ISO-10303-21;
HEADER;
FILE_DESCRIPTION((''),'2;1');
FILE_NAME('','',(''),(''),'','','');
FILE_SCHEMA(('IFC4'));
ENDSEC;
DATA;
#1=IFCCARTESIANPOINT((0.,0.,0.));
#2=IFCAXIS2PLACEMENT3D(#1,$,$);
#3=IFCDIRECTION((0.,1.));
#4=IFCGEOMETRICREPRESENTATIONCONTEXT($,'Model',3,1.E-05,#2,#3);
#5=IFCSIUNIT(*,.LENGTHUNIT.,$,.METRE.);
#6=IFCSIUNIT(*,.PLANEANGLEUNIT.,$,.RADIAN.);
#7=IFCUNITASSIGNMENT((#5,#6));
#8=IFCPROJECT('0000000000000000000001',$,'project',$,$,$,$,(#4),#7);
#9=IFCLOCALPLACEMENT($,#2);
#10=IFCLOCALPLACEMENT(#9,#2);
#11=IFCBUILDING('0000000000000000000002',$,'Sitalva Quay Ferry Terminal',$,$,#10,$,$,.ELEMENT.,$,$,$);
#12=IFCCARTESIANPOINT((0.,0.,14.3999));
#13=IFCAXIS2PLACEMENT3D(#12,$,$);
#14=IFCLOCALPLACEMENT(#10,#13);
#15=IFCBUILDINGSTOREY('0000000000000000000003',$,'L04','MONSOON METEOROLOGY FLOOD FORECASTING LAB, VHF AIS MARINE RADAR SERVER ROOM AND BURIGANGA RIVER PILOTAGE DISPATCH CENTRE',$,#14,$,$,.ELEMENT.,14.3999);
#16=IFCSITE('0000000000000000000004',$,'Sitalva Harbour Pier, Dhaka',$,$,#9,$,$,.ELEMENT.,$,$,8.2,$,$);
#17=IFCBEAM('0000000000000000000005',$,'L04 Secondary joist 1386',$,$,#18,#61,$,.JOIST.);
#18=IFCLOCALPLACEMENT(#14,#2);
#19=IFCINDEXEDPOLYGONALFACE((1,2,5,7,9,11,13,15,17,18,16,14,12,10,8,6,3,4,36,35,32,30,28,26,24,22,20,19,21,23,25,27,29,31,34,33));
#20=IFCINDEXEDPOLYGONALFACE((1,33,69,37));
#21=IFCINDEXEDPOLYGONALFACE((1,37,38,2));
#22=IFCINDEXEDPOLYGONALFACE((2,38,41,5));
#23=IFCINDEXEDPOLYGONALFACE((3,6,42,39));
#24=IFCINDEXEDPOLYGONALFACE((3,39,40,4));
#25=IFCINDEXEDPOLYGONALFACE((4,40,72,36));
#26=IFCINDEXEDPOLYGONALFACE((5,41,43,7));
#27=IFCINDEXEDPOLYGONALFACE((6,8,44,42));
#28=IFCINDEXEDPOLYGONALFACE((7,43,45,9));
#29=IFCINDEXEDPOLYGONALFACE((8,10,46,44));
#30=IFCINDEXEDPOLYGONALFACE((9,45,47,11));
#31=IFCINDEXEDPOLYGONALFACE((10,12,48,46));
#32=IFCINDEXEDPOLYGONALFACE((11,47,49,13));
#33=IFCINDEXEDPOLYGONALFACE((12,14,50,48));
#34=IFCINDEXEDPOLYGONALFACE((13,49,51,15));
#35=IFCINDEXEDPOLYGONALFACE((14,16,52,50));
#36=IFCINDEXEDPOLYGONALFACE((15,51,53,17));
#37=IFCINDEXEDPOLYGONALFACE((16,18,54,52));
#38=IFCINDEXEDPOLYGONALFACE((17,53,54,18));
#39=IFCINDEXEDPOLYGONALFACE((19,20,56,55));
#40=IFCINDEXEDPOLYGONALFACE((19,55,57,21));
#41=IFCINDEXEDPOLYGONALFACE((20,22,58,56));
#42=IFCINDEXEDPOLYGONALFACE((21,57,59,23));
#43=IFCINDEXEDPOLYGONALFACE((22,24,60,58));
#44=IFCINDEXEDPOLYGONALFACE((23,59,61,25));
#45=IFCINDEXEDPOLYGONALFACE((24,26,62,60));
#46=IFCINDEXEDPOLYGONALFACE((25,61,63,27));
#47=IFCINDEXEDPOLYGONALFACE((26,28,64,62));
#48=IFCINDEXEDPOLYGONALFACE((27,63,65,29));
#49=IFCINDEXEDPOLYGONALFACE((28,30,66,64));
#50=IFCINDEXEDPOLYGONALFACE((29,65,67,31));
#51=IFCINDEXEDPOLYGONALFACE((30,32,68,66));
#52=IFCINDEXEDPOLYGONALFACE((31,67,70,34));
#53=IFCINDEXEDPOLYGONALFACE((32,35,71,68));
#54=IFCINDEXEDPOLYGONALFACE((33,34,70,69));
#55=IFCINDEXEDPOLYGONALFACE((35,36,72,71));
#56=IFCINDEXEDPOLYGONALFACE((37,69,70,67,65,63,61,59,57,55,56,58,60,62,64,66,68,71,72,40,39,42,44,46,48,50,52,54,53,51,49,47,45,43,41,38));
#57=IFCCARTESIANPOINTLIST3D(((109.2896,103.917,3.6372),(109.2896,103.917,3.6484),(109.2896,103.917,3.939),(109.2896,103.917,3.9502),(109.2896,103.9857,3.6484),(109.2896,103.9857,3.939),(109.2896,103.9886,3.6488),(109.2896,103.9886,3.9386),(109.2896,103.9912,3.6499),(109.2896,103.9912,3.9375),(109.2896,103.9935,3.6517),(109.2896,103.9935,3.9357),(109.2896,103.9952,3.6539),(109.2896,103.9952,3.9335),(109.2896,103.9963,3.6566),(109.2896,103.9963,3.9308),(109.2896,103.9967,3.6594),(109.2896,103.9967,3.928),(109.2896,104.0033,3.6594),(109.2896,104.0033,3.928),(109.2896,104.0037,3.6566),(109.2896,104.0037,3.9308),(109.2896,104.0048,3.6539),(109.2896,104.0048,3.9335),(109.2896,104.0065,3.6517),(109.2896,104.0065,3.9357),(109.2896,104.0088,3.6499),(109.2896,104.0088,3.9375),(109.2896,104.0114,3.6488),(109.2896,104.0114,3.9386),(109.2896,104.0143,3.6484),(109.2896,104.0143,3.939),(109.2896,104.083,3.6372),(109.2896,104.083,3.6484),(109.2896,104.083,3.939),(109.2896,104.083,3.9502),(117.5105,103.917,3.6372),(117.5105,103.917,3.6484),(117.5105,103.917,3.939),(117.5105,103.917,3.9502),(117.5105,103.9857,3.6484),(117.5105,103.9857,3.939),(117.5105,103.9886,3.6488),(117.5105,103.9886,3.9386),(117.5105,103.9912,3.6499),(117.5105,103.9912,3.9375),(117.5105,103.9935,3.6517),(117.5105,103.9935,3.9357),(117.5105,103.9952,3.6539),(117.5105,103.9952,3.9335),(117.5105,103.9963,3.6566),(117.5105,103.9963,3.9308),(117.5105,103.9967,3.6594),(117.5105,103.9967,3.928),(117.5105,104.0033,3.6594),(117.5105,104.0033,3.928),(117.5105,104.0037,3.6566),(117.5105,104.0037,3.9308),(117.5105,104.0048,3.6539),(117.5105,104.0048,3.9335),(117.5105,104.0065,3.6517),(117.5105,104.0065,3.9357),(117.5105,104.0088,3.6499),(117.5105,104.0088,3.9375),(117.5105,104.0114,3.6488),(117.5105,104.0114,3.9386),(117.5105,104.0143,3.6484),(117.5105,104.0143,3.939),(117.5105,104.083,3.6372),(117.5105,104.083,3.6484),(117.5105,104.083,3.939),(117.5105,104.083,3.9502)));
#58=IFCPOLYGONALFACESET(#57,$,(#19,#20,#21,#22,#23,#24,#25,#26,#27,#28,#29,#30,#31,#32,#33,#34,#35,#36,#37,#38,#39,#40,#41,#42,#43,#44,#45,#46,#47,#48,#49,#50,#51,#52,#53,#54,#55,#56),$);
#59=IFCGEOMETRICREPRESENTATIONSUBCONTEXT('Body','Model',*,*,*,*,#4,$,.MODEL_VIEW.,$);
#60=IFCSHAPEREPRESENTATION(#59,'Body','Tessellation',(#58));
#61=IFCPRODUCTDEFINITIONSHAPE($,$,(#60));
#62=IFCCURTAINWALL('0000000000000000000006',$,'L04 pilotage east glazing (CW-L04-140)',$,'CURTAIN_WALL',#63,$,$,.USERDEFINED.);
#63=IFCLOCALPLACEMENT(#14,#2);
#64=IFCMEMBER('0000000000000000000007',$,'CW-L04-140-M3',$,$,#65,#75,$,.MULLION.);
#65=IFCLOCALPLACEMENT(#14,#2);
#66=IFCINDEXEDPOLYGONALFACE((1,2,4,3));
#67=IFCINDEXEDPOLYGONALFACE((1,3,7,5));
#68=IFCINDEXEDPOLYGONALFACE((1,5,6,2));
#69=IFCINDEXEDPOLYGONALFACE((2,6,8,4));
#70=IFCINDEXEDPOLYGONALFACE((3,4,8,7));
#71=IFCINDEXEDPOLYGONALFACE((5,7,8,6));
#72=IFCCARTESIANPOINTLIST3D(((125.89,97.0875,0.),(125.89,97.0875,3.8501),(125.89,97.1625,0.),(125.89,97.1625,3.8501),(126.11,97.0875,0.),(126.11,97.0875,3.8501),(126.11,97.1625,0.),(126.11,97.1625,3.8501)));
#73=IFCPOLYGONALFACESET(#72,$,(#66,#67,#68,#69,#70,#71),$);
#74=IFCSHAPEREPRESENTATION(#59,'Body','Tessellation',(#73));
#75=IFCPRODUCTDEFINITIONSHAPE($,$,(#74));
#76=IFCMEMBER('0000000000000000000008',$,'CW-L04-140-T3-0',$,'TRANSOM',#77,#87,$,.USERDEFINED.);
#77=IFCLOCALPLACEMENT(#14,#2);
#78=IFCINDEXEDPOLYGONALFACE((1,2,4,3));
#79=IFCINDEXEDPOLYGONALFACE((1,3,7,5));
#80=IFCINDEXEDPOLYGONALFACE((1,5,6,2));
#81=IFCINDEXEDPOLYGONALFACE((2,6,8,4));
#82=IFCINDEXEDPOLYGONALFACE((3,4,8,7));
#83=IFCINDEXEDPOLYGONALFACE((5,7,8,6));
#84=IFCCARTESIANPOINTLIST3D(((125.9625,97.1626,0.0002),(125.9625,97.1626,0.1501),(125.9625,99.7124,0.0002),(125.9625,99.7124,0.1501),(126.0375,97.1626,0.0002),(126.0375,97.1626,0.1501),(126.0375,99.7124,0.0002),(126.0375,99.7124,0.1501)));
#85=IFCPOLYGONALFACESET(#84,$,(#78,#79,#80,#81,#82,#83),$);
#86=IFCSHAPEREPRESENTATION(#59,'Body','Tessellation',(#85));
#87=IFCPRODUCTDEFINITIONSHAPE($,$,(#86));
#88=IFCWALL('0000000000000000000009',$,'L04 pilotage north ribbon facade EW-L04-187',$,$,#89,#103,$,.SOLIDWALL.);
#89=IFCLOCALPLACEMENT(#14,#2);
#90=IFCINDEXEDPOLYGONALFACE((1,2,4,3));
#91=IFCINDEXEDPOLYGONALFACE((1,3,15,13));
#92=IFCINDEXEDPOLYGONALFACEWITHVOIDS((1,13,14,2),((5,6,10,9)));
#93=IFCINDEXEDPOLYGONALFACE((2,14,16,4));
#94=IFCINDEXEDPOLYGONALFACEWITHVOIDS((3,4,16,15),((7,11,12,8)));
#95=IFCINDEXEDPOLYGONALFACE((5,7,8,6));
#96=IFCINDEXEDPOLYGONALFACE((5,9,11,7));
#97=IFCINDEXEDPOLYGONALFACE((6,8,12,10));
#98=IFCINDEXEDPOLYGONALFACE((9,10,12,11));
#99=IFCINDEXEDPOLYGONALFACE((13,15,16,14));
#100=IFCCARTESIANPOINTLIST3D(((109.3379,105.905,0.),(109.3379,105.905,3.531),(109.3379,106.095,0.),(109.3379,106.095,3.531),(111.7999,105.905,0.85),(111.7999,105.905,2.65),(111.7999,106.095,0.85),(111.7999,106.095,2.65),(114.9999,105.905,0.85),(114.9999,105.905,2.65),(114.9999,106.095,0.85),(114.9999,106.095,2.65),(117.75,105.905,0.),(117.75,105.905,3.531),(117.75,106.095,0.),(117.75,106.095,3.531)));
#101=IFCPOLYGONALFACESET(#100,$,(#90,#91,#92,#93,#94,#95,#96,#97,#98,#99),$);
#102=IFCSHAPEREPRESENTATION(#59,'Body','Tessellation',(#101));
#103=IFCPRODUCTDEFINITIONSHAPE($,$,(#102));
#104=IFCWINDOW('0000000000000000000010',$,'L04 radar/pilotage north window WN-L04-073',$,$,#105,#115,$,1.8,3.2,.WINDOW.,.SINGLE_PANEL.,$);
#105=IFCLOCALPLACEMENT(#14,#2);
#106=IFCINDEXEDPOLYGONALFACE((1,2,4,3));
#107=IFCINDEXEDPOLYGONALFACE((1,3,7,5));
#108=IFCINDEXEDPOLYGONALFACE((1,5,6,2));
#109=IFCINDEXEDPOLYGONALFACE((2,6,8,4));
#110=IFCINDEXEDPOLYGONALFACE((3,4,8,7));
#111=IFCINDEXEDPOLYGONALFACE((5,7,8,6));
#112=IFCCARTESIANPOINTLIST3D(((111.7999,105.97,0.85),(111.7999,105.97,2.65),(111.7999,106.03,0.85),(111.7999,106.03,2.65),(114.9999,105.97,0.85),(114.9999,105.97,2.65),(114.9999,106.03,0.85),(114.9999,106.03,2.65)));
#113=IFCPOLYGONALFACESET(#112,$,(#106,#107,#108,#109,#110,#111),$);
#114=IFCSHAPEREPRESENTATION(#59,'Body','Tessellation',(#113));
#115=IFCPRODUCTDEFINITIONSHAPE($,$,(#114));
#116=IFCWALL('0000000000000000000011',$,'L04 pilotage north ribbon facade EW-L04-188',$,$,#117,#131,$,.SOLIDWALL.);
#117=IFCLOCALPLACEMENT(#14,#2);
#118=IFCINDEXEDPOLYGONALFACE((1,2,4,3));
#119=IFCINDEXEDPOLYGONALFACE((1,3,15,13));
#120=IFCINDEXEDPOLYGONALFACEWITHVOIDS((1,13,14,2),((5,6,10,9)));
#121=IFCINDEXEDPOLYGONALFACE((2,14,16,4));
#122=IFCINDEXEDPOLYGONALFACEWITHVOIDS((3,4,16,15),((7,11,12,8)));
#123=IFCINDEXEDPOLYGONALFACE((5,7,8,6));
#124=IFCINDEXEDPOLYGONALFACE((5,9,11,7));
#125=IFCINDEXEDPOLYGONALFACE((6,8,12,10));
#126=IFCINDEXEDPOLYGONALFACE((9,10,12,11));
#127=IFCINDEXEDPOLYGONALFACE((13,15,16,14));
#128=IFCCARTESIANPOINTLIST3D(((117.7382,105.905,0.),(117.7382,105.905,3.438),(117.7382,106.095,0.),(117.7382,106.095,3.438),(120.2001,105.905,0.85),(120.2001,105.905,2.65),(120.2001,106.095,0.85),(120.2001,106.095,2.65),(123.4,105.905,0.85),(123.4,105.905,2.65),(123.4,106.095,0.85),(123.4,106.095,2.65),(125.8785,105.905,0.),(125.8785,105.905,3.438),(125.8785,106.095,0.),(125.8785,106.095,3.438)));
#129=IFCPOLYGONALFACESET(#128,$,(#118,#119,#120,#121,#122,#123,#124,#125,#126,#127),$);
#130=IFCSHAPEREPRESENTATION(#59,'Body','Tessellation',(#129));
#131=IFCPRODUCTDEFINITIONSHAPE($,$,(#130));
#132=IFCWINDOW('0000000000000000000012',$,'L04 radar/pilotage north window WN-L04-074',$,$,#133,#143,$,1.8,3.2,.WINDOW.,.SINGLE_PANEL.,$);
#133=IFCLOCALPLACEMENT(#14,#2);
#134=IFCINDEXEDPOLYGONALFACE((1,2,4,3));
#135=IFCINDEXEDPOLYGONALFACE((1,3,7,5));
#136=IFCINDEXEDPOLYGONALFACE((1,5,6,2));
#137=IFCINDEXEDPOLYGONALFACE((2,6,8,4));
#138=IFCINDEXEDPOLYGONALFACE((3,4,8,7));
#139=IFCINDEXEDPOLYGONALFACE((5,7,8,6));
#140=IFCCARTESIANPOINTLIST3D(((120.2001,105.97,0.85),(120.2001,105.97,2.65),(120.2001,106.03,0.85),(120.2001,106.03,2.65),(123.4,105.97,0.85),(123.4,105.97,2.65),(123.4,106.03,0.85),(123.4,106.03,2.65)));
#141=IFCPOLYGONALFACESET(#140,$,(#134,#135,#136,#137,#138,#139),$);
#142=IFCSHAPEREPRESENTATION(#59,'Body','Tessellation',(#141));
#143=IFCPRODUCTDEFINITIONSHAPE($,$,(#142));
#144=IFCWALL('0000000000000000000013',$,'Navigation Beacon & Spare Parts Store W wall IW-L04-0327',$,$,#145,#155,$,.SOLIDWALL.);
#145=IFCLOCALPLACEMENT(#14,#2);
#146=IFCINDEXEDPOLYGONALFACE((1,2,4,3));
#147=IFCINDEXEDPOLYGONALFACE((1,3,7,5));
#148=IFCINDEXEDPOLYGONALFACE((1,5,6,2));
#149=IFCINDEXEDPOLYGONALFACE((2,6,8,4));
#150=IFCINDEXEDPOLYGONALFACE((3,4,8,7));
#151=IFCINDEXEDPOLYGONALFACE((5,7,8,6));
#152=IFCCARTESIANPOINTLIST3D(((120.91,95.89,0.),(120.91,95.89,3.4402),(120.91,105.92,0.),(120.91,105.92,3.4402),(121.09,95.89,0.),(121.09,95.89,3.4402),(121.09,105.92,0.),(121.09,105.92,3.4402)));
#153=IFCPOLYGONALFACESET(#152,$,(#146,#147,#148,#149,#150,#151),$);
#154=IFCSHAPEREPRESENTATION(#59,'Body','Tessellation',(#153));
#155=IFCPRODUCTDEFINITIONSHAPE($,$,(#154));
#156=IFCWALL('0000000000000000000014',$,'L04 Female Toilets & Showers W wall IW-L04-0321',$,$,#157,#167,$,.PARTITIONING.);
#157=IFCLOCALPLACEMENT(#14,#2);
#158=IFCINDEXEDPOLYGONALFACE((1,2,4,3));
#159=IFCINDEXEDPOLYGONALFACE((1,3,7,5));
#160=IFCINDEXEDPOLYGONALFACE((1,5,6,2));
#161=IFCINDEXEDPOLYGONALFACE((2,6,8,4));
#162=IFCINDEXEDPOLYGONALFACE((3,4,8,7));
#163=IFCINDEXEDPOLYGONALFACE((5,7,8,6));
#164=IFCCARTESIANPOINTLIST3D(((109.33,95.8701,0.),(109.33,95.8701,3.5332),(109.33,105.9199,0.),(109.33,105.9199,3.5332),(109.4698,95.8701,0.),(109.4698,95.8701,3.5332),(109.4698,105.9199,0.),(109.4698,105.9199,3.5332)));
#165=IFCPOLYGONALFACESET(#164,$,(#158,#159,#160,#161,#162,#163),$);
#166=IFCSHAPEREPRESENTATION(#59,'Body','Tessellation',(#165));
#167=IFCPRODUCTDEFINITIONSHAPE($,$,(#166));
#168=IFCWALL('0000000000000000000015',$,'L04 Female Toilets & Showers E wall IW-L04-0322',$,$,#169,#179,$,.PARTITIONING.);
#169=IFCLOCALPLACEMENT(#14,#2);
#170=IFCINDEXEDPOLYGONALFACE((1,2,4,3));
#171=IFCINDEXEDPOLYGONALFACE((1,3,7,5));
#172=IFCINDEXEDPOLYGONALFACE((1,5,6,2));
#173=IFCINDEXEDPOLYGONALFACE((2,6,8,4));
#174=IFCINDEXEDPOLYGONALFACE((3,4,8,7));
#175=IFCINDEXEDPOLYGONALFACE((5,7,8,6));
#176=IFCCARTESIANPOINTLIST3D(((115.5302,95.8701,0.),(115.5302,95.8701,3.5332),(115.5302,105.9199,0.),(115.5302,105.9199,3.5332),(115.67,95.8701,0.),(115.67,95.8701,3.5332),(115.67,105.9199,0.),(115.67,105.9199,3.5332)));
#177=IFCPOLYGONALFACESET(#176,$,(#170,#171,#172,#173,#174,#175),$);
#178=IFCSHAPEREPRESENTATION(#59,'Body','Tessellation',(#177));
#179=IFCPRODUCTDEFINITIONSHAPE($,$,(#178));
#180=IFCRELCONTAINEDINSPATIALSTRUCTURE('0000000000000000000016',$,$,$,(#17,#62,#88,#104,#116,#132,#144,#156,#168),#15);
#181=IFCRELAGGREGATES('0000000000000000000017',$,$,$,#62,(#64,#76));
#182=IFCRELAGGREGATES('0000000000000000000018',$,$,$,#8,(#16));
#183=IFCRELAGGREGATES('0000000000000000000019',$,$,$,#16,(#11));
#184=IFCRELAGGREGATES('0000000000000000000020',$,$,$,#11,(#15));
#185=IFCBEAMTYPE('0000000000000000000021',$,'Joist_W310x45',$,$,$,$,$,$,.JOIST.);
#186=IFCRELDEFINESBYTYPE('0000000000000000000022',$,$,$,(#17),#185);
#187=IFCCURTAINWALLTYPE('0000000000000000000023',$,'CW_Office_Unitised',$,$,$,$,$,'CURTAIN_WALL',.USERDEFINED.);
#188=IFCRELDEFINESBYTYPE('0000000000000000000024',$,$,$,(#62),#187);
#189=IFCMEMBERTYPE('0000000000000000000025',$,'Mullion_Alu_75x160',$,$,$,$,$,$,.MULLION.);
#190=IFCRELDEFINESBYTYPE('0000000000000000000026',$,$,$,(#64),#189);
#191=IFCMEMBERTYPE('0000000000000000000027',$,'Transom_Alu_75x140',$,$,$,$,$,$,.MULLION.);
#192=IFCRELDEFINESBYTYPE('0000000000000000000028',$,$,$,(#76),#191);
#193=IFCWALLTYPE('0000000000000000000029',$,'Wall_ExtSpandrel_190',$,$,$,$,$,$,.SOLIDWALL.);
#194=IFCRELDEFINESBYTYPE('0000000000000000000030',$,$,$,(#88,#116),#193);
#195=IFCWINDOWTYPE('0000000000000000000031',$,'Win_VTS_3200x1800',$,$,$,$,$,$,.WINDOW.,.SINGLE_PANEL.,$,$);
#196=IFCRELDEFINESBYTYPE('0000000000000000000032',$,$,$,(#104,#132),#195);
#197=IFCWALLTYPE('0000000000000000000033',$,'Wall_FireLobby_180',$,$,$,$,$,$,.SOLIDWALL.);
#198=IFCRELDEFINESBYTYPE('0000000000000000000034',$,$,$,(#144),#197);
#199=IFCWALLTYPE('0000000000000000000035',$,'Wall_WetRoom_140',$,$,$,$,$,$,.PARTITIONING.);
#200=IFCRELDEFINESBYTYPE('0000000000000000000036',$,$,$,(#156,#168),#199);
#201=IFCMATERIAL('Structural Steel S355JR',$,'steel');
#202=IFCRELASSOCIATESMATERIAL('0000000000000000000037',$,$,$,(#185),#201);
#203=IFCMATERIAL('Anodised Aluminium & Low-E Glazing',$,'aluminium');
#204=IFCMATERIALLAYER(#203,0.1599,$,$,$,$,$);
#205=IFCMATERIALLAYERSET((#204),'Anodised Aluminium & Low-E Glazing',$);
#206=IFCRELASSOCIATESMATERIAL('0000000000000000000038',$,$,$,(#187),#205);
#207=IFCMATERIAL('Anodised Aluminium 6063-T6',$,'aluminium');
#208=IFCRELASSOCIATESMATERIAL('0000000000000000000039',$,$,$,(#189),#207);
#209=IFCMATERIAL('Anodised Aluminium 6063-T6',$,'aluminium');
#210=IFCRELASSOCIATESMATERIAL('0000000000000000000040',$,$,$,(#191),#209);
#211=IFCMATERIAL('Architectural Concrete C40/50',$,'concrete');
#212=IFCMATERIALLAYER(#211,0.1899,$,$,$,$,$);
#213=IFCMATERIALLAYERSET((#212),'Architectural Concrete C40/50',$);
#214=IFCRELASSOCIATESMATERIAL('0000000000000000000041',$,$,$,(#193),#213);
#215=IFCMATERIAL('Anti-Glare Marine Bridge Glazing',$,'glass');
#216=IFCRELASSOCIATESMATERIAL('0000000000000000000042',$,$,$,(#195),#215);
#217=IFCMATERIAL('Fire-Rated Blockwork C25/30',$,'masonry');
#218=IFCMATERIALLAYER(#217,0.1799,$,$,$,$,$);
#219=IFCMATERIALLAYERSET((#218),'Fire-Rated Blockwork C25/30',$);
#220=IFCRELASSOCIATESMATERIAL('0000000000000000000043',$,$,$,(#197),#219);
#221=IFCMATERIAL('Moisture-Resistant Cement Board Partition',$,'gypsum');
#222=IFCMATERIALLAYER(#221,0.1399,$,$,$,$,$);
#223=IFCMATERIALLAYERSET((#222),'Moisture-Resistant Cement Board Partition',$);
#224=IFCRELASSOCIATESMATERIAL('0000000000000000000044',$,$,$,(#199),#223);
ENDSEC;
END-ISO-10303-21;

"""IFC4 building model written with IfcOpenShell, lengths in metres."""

from ifc_helpers import new_model, si_unit, direction, frame, frame_2d, origin, origin_2d, place, context, subcontext, project, spatial, rectangle, i_section, extrude, material, layer, layer_set, material_profile, profile_set, type_object, element, fill, aggregate, save


model = new_model("IFC4")

# Units and contexts
model_context = context("Model", 3, precision=1e-05, world=origin(), true_north=direction((0.0, 1.0)))
body_context = subcontext(model_context, "Body", "Model", "MODEL_VIEW")
ifc_project = project(units=[si_unit("LENGTHUNIT", "METRE"), si_unit("PLANEANGLEUNIT", "RADIAN")], contexts=[model_context])

# Site, building, storey
site_placement = place(None, origin())
site = spatial("IfcSite", under=ifc_project, at=site_placement, Name="Sitalva Harbour Pier, Dhaka", CompositionType="ELEMENT", RefElevation=8.2)
building_placement = place(site_placement, origin())
building = spatial("IfcBuilding", under=site, at=building_placement, Name="Sitalva Quay Ferry Terminal", CompositionType="ELEMENT")
storey_placement = place(building_placement, frame((0.0, 0.0, 14.3999)))
storey = spatial("IfcBuildingStorey", under=building, at=storey_placement, Name="L04", Description="MONSOON METEOROLOGY FLOOD FORECASTING LAB, VHF AIS MARINE RADAR SERVER ROOM AND BURIGANGA RIVER PILOTAGE DISPATCH CENTRE", CompositionType="ELEMENT", Elevation=14.3999)

# Beam
ifc_material_1 = material(Name="Structural Steel S355JR", Category="steel")
ifc_material_profile_1 = material_profile(ifc_material_1, i_section(OverallWidth=0.166, OverallDepth=0.313, WebThickness=0.0066, FlangeThickness=0.0112, FilletRadius=0.011, at=origin_2d()), Name="W310x45")
ifc_profile_set_1 = profile_set([ifc_material_profile_1], Name="Structural Steel S355JR")
beam_type_1 = type_object("IfcBeamType", Name="Joist_W310x45", PredefinedType="JOIST", material=ifc_profile_set_1)
beam_1_placement = place(storey_placement, frame((109.2896, 104.0, 3.7937), z_axis=(1.0, 0.0, 0.0), x_axis=(0.0, 1.0, 0.0)))
element("IfcBeam", 1, at=beam_1_placement, inside=storey, type_object=beam_type_1, Name="L04 Secondary joist 1386", PredefinedType="JOIST", context=body_context, shape_type="SweptSolid", body=[
    extrude(i_section(OverallWidth=0.166, OverallDepth=0.313, WebThickness=0.0066, FlangeThickness=0.0112, FilletRadius=0.011, at=origin_2d()), origin(), (0.0, 0.0, 1.0), 8.2209),
])

# Curtain wall, members
ifc_material_2 = material(Name="Anodised Aluminium & Low-E Glazing", Category="aluminium")
ifc_layer_1 = layer(ifc_material_2, 0.1599)
ifc_layer_set_1 = layer_set([ifc_layer_1], Name="Anodised Aluminium & Low-E Glazing")
curtain_wall_type = type_object("IfcCurtainWallType", Name="CW_Office_Unitised", ElementType="CURTAIN_WALL", PredefinedType="USERDEFINED", material=ifc_layer_set_1)
curtain_wall_placement = place(storey_placement, origin())
curtain_wall = element("IfcCurtainWall", 2, at=curtain_wall_placement, inside=storey, type_object=curtain_wall_type, Name="L04 pilotage east glazing (CW-L04-140)", ObjectType="CURTAIN_WALL", PredefinedType="USERDEFINED")
ifc_material_3 = material(Name="Anodised Aluminium 6063-T6", Category="aluminium")
ifc_material_profile_2 = material_profile(ifc_material_3, rectangle(XDim=0.075, YDim=0.22, at=origin_2d()), Name="ALU75x220")
ifc_profile_set_2 = profile_set([ifc_material_profile_2], Name="Anodised Aluminium 6063-T6")
member_type_1 = type_object("IfcMemberType", Name="Mullion_Alu_75x160", PredefinedType="MULLION", material=ifc_profile_set_2)
member_1_placement = place(storey_placement, frame((126.0, 97.125, 0.0), z_axis=(0.0, 0.0, 1.0), x_axis=(0.0, 1.0, 0.0)))
member_1 = element("IfcMember", 3, at=member_1_placement, type_object=member_type_1, Name="CW-L04-140-M3", PredefinedType="MULLION", context=body_context, shape_type="SweptSolid", body=[
    extrude(rectangle(XDim=0.075, YDim=0.22, at=origin_2d()), origin(), (0.0, 0.0, 1.0), 3.8501),
])
ifc_material_4 = material(Name="Anodised Aluminium 6063-T6", Category="aluminium")
ifc_material_profile_3 = material_profile(ifc_material_4, rectangle(XDim=0.075, YDim=0.1499, at=origin_2d()), Name="ALU75x150")
ifc_profile_set_3 = profile_set([ifc_material_profile_3], Name="Anodised Aluminium 6063-T6")
member_type_2 = type_object("IfcMemberType", Name="Transom_Alu_75x140", PredefinedType="MULLION", material=ifc_profile_set_3)
member_2_placement = place(storey_placement, frame((126.0, 97.1626, 0.0752), z_axis=(0.0, 1.0, 0.0), x_axis=(-1.0, 0.0, 0.0)))
member_2 = element("IfcMember", 4, at=member_2_placement, type_object=member_type_2, Name="CW-L04-140-T3-0", ObjectType="TRANSOM", PredefinedType="USERDEFINED", context=body_context, shape_type="SweptSolid", body=[
    extrude(rectangle(XDim=0.075, YDim=0.1499, at=origin_2d()), origin(), (0.0, 0.0, 1.0), 2.5498),
])
aggregate(curtain_wall, [member_1, member_2])

# Walls, openings, windows
ifc_material_5 = material(Name="Architectural Concrete C40/50", Category="concrete")
ifc_layer_2 = layer(ifc_material_5, 0.1899)
ifc_layer_set_2 = layer_set([ifc_layer_2], Name="Architectural Concrete C40/50")
wall_type_1 = type_object("IfcWallType", Name="Wall_ExtSpandrel_190", PredefinedType="SOLIDWALL", material=ifc_layer_set_2)
wall_1_placement = place(storey_placement, frame((109.3379, 106.0, 0.0), z_axis=(0.0, 0.0, 1.0), x_axis=(1.0, 0.0, 0.0)))
wall_1 = element("IfcWall", 5, at=wall_1_placement, inside=storey, type_object=wall_type_1, Name="L04 pilotage north ribbon facade EW-L04-187", PredefinedType="SOLIDWALL", context=body_context, shape_type="SweptSolid", body=[
    extrude(rectangle(XDim=8.4121, YDim=0.1899, at=frame_2d((4.2061, 0.0))), origin(), (0.0, 0.0, 1.0), 3.531),
])
opening_1_placement = place(wall_1_placement, frame((2.4619, 0.0, 0.8501)))
opening_1 = element("IfcOpeningElement", 6, at=opening_1_placement, cuts=wall_1, PredefinedType="OPENING", context=body_context, shape_type="SweptSolid", body=[
    extrude(rectangle(XDim=3.2, YDim=1.8, at=frame_2d((1.6001, 0.8999))), frame((0.0, 0.105, 0.0), z_axis=(0.0, -1.0, 0.0), x_axis=(1.0, 0.0, 0.0)), (0.0, 0.0, 1.0), 0.21),
])
ifc_material_6 = material(Name="Anti-Glare Marine Bridge Glazing", Category="glass")
window_type = type_object("IfcWindowType", Name="Win_VTS_3200x1800", PartitioningType="SINGLE_PANEL", PredefinedType="WINDOW", material=ifc_material_6)
window_1_placement = place(opening_1_placement, origin())
window_1 = element("IfcWindow", 7, at=window_1_placement, inside=storey, type_object=window_type, Name="L04 radar/pilotage north window WN-L04-073", OverallHeight=1.8, OverallWidth=3.2, PartitioningType="SINGLE_PANEL", PredefinedType="WINDOW", context=body_context, shape_type="SweptSolid", body=[
    extrude(rectangle(XDim=3.2, YDim=1.8, at=frame_2d((1.6001, 0.8999))), frame((0.0, 0.03, 0.0), z_axis=(0.0, -1.0, 0.0), x_axis=(1.0, 0.0, 0.0)), (0.0, 0.0, 1.0), 0.0601),
])
fill(opening_1, window_1)
wall_2_placement = place(storey_placement, frame((117.738, 106.0, 0.0), z_axis=(0.0, 0.0, 1.0), x_axis=(1.0, 0.0, 0.0)))
wall_2 = element("IfcWall", 8, at=wall_2_placement, inside=storey, type_object=wall_type_1, Name="L04 pilotage north ribbon facade EW-L04-188", PredefinedType="SOLIDWALL", context=body_context, shape_type="SweptSolid", body=[
    extrude(rectangle(XDim=8.1404, YDim=0.1899, at=frame_2d((4.0703, 0.0))), origin(), (0.0, 0.0, 1.0), 3.438),
])
opening_2_placement = place(wall_2_placement, frame((2.4619, 0.0, 0.8501)))
opening_2 = element("IfcOpeningElement", 9, at=opening_2_placement, cuts=wall_2, PredefinedType="OPENING", context=body_context, shape_type="SweptSolid", body=[
    extrude(rectangle(XDim=3.2, YDim=1.8, at=frame_2d((1.6001, 0.8999))), frame((0.0, 0.105, 0.0), z_axis=(0.0, -1.0, 0.0), x_axis=(1.0, 0.0, 0.0)), (0.0, 0.0, 1.0), 0.21),
])
window_2_placement = place(opening_2_placement, origin())
window_2 = element("IfcWindow", 10, at=window_2_placement, inside=storey, type_object=window_type, Name="L04 radar/pilotage north window WN-L04-074", OverallHeight=1.8, OverallWidth=3.2, PartitioningType="SINGLE_PANEL", PredefinedType="WINDOW", context=body_context, shape_type="SweptSolid", body=[
    extrude(rectangle(XDim=3.2, YDim=1.8, at=frame_2d((1.6001, 0.8999))), frame((0.0, 0.03, 0.0), z_axis=(0.0, -1.0, 0.0), x_axis=(1.0, 0.0, 0.0)), (0.0, 0.0, 1.0), 0.0601),
])
fill(opening_2, window_2)

# Walls
ifc_material_7 = material(Name="Fire-Rated Blockwork C25/30", Category="masonry")
ifc_layer_3 = layer(ifc_material_7, 0.1799)
ifc_layer_set_3 = layer_set([ifc_layer_3], Name="Fire-Rated Blockwork C25/30")
wall_type_2 = type_object("IfcWallType", Name="Wall_FireLobby_180", PredefinedType="SOLIDWALL", material=ifc_layer_set_3)
wall_3_placement = place(storey_placement, frame((121.0, 95.8899, 0.0), z_axis=(0.0, 0.0, 1.0), x_axis=(0.0, 1.0, 0.0)))
element("IfcWall", 11, at=wall_3_placement, inside=storey, type_object=wall_type_2, Name="Navigation Beacon & Spare Parts Store W wall IW-L04-0327", PredefinedType="SOLIDWALL", context=body_context, shape_type="SweptSolid", body=[
    extrude(rectangle(XDim=10.03, YDim=0.1799, at=frame_2d((5.0151, 0.0))), origin(), (0.0, 0.0, 1.0), 3.4402),
])
ifc_material_8 = material(Name="Moisture-Resistant Cement Board Partition", Category="gypsum")
ifc_layer_4 = layer(ifc_material_8, 0.1399)
ifc_layer_set_4 = layer_set([ifc_layer_4], Name="Moisture-Resistant Cement Board Partition")
wall_type_3 = type_object("IfcWallType", Name="Wall_WetRoom_140", PredefinedType="PARTITIONING", material=ifc_layer_set_4)
for number, where, z_axis, x_axis, name in (
    (12, (109.3999, 95.8701, 0.0), (0.0, 0.0, 1.0), (0.0, 1.0, 0.0), "L04 Female Toilets & Showers W wall IW-L04-0321"),
    (13, (115.6001, 95.8701, 0.0), (0.0, 0.0, 1.0), (0.0, 1.0, 0.0), "L04 Female Toilets & Showers E wall IW-L04-0322"),
):
    element("IfcWall", number, at=place(storey_placement, frame(where, z_axis=z_axis, x_axis=x_axis)), inside=storey, type_object=wall_type_3, Name=name, PredefinedType="PARTITIONING", context=body_context, shape_type="SweptSolid", body=[
        extrude(rectangle(XDim=10.0498, YDim=0.1399, at=frame_2d((5.0249, 0.0))), origin(), (0.0, 0.0, 1.0), 3.5332),
    ])

save(model, "model.ifc")
